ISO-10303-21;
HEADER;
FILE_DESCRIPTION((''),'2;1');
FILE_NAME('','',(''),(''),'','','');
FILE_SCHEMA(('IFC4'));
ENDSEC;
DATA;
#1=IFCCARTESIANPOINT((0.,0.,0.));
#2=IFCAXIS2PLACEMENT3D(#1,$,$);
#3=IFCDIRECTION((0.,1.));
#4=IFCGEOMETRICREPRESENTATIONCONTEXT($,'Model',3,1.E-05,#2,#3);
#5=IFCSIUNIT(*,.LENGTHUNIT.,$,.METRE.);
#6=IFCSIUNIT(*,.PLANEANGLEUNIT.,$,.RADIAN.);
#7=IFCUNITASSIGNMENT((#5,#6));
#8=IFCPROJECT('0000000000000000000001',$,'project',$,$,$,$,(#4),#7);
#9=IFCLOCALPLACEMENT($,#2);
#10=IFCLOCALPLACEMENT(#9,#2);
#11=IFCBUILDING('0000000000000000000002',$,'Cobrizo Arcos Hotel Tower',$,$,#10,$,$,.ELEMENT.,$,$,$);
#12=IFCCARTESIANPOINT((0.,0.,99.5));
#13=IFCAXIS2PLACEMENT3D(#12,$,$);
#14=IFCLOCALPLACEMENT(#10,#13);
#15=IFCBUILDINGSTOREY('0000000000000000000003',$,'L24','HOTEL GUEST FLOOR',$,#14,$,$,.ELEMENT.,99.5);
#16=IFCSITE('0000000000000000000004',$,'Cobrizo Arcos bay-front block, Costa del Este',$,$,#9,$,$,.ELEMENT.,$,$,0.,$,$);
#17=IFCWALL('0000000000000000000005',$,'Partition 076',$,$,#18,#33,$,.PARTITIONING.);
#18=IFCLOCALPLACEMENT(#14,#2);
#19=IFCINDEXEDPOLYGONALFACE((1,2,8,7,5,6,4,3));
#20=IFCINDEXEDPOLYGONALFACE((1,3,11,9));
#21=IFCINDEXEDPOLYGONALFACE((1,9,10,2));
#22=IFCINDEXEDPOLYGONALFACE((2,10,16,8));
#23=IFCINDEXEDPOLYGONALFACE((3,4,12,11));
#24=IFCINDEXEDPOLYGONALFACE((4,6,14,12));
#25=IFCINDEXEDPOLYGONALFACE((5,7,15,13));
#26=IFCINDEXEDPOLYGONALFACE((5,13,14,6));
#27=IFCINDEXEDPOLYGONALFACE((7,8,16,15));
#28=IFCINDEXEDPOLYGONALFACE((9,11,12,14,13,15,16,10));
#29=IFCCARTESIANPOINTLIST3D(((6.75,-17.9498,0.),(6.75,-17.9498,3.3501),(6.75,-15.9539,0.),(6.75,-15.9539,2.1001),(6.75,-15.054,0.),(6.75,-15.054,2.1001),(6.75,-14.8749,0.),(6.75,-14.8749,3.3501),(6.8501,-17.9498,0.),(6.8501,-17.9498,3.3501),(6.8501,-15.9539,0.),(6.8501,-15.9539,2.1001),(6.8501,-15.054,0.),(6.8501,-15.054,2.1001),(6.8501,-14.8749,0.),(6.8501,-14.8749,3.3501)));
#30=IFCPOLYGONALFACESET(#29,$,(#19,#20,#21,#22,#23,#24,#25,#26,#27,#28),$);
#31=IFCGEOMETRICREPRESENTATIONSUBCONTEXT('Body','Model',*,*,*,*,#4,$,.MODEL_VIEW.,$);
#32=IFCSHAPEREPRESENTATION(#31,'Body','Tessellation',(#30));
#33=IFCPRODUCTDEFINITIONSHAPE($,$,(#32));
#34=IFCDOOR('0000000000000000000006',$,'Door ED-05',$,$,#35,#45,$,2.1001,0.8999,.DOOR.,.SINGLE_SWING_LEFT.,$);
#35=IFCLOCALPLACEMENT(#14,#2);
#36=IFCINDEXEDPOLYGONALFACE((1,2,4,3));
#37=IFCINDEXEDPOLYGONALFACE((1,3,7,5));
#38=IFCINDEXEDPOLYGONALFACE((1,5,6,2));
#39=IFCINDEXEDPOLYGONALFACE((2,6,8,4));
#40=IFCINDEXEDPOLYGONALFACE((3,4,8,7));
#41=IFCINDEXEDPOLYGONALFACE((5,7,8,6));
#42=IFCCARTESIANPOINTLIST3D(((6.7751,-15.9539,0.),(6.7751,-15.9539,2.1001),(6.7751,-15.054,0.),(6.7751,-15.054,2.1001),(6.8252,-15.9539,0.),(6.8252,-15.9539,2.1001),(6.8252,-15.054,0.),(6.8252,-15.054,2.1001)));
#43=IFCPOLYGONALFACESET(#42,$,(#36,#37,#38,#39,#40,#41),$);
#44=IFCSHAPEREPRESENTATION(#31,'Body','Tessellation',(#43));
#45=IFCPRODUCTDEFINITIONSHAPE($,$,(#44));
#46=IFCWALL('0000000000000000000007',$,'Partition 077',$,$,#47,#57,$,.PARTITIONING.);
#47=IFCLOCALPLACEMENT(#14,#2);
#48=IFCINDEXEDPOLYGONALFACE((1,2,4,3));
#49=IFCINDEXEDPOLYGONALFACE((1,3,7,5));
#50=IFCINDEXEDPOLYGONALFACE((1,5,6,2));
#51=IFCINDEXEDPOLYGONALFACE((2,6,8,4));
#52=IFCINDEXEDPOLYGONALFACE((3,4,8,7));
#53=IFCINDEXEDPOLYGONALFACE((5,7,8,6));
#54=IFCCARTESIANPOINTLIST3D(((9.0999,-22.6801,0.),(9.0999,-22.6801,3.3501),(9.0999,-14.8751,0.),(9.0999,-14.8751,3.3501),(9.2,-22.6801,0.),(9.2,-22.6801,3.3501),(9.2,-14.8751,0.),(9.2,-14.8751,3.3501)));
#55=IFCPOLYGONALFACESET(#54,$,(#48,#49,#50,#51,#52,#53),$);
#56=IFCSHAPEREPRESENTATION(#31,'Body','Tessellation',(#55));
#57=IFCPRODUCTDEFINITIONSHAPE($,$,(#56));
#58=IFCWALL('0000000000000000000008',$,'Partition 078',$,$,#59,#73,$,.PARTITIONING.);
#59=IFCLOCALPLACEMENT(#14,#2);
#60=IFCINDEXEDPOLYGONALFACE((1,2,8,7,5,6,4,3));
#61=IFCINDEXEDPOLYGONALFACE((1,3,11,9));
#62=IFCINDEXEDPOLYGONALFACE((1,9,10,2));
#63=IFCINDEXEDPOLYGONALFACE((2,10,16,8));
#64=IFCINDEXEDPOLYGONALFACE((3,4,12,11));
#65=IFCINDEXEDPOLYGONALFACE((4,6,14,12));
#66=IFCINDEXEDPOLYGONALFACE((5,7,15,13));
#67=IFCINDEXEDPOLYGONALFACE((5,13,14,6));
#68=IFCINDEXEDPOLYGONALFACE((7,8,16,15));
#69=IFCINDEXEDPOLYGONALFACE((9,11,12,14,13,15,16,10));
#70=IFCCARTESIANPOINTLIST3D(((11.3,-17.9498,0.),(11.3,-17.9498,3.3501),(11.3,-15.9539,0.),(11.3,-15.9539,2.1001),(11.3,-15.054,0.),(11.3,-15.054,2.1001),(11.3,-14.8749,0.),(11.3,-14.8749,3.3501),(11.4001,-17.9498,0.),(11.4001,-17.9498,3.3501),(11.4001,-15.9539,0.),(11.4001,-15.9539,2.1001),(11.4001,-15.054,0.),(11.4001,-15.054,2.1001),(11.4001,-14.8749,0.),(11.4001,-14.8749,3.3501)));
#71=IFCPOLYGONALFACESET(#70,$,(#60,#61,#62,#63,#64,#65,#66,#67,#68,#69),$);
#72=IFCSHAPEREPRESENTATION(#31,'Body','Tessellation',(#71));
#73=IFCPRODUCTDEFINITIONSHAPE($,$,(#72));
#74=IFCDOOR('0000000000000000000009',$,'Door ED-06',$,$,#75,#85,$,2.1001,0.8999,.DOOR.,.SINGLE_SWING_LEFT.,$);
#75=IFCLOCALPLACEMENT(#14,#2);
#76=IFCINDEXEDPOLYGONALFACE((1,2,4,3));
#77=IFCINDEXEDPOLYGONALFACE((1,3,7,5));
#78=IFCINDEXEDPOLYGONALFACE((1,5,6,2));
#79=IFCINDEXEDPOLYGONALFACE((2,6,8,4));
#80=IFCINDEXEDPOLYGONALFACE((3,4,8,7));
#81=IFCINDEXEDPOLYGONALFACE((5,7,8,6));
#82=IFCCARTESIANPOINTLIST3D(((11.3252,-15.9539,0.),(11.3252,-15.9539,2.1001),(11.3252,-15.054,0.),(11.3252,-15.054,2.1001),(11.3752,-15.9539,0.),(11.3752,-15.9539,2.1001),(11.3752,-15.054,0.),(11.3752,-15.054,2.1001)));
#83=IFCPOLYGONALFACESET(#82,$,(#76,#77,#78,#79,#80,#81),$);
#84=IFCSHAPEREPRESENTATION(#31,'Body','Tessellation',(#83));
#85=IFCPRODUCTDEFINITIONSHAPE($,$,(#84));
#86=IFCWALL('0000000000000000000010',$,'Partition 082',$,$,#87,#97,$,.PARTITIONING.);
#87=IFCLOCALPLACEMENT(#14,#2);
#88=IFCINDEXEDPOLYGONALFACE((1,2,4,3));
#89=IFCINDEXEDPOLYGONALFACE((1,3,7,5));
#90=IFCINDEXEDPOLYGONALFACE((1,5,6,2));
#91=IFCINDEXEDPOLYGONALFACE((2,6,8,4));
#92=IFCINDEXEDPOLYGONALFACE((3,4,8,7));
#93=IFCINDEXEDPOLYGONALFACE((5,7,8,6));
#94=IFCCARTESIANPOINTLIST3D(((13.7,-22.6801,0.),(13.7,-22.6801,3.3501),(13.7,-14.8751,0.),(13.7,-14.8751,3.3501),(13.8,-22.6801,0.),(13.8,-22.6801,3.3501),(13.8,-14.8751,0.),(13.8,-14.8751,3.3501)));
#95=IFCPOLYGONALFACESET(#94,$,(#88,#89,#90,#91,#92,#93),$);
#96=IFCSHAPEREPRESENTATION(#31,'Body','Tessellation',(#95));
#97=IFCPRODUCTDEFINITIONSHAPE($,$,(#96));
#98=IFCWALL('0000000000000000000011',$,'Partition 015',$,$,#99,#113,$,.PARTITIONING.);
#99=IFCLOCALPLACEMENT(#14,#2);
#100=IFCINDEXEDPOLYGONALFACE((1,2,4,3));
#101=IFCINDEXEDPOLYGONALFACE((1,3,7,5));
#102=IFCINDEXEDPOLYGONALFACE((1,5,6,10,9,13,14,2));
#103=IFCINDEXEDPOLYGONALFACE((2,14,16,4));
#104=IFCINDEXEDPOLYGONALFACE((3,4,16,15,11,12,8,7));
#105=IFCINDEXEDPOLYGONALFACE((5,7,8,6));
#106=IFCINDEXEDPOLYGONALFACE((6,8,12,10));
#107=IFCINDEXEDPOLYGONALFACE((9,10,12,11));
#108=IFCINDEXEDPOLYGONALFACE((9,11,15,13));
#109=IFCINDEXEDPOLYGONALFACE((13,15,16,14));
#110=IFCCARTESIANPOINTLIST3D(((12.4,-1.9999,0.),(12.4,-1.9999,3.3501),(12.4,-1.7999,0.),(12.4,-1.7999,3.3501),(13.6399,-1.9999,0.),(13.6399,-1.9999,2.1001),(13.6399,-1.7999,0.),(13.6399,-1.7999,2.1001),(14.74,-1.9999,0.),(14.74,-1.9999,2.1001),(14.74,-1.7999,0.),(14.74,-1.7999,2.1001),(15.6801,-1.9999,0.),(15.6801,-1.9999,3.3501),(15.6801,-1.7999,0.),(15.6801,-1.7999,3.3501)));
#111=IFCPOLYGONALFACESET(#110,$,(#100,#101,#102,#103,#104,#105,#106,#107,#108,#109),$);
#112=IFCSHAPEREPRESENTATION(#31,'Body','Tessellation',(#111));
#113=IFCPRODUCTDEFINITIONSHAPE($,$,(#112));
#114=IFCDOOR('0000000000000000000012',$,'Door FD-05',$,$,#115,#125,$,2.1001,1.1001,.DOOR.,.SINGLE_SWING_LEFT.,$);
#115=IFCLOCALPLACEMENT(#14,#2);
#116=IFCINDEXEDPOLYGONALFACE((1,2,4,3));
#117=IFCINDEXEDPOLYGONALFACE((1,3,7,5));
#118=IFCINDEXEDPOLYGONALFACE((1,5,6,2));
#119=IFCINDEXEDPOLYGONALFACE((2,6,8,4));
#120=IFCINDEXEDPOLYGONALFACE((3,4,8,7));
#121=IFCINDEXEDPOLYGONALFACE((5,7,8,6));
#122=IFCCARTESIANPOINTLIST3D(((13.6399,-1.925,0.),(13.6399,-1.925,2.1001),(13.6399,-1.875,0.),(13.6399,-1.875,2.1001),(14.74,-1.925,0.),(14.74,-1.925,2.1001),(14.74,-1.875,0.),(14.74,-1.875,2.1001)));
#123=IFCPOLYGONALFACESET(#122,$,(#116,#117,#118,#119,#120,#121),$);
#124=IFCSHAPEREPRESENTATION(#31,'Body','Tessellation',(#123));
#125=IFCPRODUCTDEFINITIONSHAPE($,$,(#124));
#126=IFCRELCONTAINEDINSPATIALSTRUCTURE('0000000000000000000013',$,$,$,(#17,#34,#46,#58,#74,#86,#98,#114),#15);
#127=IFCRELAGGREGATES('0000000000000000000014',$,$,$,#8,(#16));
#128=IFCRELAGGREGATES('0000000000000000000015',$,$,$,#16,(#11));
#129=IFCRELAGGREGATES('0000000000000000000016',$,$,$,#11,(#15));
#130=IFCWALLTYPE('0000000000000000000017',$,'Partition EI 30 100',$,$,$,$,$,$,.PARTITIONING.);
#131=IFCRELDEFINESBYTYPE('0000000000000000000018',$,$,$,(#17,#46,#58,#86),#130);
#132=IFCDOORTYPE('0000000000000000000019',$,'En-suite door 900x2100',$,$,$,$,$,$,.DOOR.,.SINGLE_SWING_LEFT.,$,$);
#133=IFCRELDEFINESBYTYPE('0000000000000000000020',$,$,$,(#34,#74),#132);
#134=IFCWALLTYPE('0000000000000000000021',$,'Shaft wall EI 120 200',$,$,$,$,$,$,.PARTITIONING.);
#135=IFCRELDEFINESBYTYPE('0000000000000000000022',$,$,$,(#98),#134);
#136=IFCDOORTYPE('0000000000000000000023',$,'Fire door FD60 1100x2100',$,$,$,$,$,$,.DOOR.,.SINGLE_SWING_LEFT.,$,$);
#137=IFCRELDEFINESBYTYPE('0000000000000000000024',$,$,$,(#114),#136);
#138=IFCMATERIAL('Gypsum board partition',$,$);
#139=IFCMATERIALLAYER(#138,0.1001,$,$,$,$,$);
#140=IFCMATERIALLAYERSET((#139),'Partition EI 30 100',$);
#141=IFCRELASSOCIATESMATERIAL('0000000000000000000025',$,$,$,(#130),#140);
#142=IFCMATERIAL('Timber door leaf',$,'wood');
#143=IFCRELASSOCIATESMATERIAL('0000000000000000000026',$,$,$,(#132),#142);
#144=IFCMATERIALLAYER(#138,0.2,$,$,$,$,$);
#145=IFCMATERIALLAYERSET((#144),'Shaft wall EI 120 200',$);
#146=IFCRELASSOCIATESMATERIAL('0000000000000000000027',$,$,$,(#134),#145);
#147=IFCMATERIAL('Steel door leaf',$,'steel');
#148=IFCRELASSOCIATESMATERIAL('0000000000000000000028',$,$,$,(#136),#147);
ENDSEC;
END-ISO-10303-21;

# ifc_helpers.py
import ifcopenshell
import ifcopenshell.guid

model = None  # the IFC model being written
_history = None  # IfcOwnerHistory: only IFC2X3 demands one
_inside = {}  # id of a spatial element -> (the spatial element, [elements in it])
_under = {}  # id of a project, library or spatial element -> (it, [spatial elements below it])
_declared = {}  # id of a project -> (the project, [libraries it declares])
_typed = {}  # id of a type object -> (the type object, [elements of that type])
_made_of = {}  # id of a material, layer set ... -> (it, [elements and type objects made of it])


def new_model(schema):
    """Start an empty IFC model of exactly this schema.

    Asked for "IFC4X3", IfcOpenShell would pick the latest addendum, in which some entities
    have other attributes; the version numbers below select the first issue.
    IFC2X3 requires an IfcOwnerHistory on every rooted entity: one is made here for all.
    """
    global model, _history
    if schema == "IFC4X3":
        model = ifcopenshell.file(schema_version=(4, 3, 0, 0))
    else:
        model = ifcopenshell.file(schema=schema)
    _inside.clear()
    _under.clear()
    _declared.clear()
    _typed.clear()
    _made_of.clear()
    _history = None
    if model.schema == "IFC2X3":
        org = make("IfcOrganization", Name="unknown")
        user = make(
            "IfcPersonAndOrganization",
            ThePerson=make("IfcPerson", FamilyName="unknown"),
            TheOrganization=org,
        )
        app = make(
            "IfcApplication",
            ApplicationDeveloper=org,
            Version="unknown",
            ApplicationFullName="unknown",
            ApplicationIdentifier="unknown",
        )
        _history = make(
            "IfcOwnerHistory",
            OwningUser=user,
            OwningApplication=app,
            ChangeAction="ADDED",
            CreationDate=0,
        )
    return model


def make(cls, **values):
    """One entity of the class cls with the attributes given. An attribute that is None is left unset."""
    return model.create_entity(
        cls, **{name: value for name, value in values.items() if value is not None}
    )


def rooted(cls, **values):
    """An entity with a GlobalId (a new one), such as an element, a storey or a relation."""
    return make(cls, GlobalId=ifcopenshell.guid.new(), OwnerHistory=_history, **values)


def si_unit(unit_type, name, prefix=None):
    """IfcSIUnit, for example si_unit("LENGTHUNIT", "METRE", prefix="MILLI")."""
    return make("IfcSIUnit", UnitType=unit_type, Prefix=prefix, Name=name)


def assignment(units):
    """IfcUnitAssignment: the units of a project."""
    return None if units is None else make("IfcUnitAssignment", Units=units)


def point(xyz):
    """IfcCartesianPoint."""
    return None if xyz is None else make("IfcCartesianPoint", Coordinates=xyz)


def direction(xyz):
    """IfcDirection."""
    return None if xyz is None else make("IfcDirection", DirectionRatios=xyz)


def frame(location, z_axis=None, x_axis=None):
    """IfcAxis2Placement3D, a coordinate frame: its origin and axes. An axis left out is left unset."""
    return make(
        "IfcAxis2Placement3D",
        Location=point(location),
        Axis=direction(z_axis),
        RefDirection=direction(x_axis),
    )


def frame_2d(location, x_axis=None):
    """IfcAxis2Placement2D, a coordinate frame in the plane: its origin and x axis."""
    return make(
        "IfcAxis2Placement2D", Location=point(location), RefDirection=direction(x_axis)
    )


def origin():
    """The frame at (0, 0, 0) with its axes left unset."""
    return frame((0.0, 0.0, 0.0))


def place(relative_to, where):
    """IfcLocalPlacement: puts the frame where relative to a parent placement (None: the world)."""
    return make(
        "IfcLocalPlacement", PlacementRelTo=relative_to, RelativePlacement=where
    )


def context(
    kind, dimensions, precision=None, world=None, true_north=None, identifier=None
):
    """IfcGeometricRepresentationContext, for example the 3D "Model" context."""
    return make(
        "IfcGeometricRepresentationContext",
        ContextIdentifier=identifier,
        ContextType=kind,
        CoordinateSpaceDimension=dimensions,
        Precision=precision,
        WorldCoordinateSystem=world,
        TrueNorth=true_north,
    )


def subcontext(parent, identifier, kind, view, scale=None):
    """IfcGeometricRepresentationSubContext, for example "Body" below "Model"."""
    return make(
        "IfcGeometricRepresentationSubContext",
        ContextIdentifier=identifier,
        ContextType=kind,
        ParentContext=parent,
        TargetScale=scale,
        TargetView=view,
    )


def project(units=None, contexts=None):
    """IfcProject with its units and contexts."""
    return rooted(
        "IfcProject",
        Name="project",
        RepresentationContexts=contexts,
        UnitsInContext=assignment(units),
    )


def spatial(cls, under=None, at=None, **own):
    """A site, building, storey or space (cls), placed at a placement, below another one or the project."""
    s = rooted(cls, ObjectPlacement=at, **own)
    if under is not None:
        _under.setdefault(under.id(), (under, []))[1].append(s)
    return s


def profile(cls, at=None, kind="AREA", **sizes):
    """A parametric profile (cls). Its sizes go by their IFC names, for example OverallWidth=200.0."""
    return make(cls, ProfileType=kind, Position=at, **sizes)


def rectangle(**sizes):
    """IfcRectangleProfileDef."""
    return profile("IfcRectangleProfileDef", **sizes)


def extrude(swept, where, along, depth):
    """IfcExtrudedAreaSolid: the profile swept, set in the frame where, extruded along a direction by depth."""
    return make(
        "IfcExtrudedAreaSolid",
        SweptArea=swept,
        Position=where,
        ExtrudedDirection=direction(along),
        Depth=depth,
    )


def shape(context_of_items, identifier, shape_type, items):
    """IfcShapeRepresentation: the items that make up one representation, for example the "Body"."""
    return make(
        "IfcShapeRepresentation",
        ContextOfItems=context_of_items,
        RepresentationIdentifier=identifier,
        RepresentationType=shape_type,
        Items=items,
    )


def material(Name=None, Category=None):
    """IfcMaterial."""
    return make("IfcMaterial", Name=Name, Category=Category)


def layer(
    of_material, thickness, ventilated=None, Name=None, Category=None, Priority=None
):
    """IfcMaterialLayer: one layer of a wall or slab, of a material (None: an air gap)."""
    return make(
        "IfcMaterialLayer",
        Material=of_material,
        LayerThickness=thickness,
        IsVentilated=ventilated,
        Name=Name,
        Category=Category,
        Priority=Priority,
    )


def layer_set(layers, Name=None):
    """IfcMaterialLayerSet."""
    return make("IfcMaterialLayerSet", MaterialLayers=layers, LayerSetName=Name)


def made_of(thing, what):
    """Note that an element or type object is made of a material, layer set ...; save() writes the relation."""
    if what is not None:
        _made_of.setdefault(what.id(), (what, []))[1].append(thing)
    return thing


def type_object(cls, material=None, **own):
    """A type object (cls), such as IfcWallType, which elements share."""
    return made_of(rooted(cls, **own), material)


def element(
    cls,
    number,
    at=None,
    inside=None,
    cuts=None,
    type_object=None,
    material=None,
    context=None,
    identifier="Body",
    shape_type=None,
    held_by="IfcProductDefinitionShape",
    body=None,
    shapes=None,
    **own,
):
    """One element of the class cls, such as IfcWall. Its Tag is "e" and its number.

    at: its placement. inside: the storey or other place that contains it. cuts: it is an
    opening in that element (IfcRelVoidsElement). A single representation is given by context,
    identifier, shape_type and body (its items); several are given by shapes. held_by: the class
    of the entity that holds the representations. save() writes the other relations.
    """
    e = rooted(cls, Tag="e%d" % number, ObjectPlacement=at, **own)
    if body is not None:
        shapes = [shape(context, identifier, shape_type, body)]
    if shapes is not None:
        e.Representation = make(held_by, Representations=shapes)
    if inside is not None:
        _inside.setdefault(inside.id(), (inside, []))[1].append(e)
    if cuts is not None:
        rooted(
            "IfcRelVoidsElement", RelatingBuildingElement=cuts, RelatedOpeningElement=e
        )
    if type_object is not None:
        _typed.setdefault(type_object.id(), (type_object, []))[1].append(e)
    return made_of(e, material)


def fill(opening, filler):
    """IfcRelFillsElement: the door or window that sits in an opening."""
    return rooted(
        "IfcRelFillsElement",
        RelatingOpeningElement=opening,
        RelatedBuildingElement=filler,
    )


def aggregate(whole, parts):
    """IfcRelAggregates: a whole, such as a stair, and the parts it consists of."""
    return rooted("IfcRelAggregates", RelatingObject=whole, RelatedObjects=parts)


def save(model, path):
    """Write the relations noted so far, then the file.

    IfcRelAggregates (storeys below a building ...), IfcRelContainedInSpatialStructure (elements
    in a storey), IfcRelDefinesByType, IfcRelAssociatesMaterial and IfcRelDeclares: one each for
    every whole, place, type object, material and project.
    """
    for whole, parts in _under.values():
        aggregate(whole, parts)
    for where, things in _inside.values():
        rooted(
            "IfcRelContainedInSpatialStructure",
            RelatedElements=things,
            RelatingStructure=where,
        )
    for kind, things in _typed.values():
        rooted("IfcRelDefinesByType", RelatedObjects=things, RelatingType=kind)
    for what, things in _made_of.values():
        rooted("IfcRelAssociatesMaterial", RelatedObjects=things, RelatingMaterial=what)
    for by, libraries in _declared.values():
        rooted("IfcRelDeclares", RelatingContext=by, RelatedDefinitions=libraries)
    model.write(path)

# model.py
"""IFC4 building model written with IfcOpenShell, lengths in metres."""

from ifc_helpers import new_model, si_unit, direction, frame, frame_2d, origin, place, context, subcontext, project, spatial, rectangle, extrude, material, layer, layer_set, type_object, element, fill, save


model = new_model("IFC4")

# Units and contexts
model_context = context("Model", 3, precision=1e-05, world=origin(), true_north=direction((0.0, 1.0)))
body_context = subcontext(model_context, "Body", "Model", "MODEL_VIEW")
ifc_project = project(units=[si_unit("LENGTHUNIT", "METRE"), si_unit("PLANEANGLEUNIT", "RADIAN")], contexts=[model_context])

# Site, building, storey
site_placement = place(None, origin())
site = spatial("IfcSite", under=ifc_project, at=site_placement, Name="Cobrizo Arcos bay-front block, Costa del Este", CompositionType="ELEMENT", RefElevation=0.0)
building_placement = place(site_placement, origin())
building = spatial("IfcBuilding", under=site, at=building_placement, Name="Cobrizo Arcos Hotel Tower", CompositionType="ELEMENT")
storey_placement = place(building_placement, frame((0.0, 0.0, 99.5)))
storey = spatial("IfcBuildingStorey", under=building, at=storey_placement, Name="L24", Description="HOTEL GUEST FLOOR", CompositionType="ELEMENT", Elevation=99.5)

# Shared definitions
ifc_material_1 = material(Name="Gypsum board partition")
ifc_layer_1 = layer(ifc_material_1, 0.1001)
ifc_layer_set_1 = layer_set([ifc_layer_1], Name="Partition EI 30 100")
wall_type_1 = type_object("IfcWallType", Name="Partition EI 30 100", PredefinedType="PARTITIONING", material=ifc_layer_set_1)

# Shared definitions
ifc_material_2 = material(Name="Timber door leaf", Category="wood")

# Wall, opening, door
wall_1_placement = place(storey_placement, frame((6.8, -17.95, 0.0), z_axis=(0.0, 0.0, 1.0), x_axis=(0.0, 1.0, 0.0)))
wall_1 = element("IfcWall", 1, at=wall_1_placement, inside=storey, type_object=wall_type_1, Name="Partition 076", PredefinedType="PARTITIONING", context=body_context, shape_type="SweptSolid", body=[
    extrude(rectangle(XDim=3.075, YDim=0.1001, at=frame_2d((1.5376, 0.0))), origin(), (0.0, 0.0, 1.0), 3.3501),
])
opening_1_placement = place(wall_1_placement, frame((1.9961, 0.0, 0.0)))
opening_1 = element("IfcOpeningElement", 2, at=opening_1_placement, cuts=wall_1, PredefinedType="OPENING", context=body_context, shape_type="SweptSolid", body=[
    extrude(rectangle(XDim=0.8999, YDim=2.1001, at=frame_2d((0.45, 1.05))), frame((0.0, 0.062, 0.0), z_axis=(0.0, -1.0, 0.0), x_axis=(1.0, 0.0, 0.0)), (0.0, 0.0, 1.0), 0.124),
])
door_type_1 = type_object("IfcDoorType", Name="En-suite door 900x2100", OperationType="SINGLE_SWING_LEFT", PredefinedType="DOOR", material=ifc_material_2)
door_1_placement = place(opening_1_placement, origin())
door_1 = element("IfcDoor", 3, at=door_1_placement, inside=storey, type_object=door_type_1, Name="Door ED-05", OperationType="SINGLE_SWING_LEFT", OverallHeight=2.1001, OverallWidth=0.8999, PredefinedType="DOOR", context=body_context, shape_type="SweptSolid", body=[
    extrude(rectangle(XDim=0.8999, YDim=2.1001, at=frame_2d((0.45, 1.05))), frame((0.0, 0.0249, 0.0), z_axis=(0.0, -1.0, 0.0), x_axis=(1.0, 0.0, 0.0)), (0.0, 0.0, 1.0), 0.05),
])
fill(opening_1, door_1)

# Wall
wall_2_placement = place(storey_placement, frame((9.1499, -22.6799, 0.0), z_axis=(0.0, 0.0, 1.0), x_axis=(0.0, 1.0, 0.0)))
element("IfcWall", 4, at=wall_2_placement, inside=storey, type_object=wall_type_1, Name="Partition 077", PredefinedType="PARTITIONING", context=body_context, shape_type="SweptSolid", body=[
    extrude(rectangle(XDim=7.8049, YDim=0.1001, at=frame_2d((3.9023, 0.0))), origin(), (0.0, 0.0, 1.0), 3.3501),
])

# Wall, opening, door
wall_3_placement = place(storey_placement, frame((11.3501, -17.95, 0.0), z_axis=(0.0, 0.0, 1.0), x_axis=(0.0, 1.0, 0.0)))
wall_3 = element("IfcWall", 5, at=wall_3_placement, inside=storey, type_object=wall_type_1, Name="Partition 078", PredefinedType="PARTITIONING", context=body_context, shape_type="SweptSolid", body=[
    extrude(rectangle(XDim=3.075, YDim=0.1001, at=frame_2d((1.5376, 0.0))), origin(), (0.0, 0.0, 1.0), 3.3501),
])
opening_2_placement = place(wall_3_placement, frame((1.9961, 0.0, 0.0)))
opening_2 = element("IfcOpeningElement", 6, at=opening_2_placement, cuts=wall_3, PredefinedType="OPENING", context=body_context, shape_type="SweptSolid", body=[
    extrude(rectangle(XDim=0.8999, YDim=2.1001, at=frame_2d((0.45, 1.05))), frame((0.0, 0.062, 0.0), z_axis=(0.0, -1.0, 0.0), x_axis=(1.0, 0.0, 0.0)), (0.0, 0.0, 1.0), 0.124),
])
door_2_placement = place(opening_2_placement, origin())
door_2 = element("IfcDoor", 7, at=door_2_placement, inside=storey, type_object=door_type_1, Name="Door ED-06", OperationType="SINGLE_SWING_LEFT", OverallHeight=2.1001, OverallWidth=0.8999, PredefinedType="DOOR", context=body_context, shape_type="SweptSolid", body=[
    extrude(rectangle(XDim=0.8999, YDim=2.1001, at=frame_2d((0.45, 1.05))), frame((0.0, 0.0249, 0.0), z_axis=(0.0, -1.0, 0.0), x_axis=(1.0, 0.0, 0.0)), (0.0, 0.0, 1.0), 0.05),
])
fill(opening_2, door_2)

# Wall
wall_4_placement = place(storey_placement, frame((13.75, -22.6799, 0.0), z_axis=(0.0, 0.0, 1.0), x_axis=(0.0, 1.0, 0.0)))
element("IfcWall", 8, at=wall_4_placement, inside=storey, type_object=wall_type_1, Name="Partition 082", PredefinedType="PARTITIONING", context=body_context, shape_type="SweptSolid", body=[
    extrude(rectangle(XDim=7.8049, YDim=0.1001, at=frame_2d((3.9023, 0.0))), origin(), (0.0, 0.0, 1.0), 3.3501),
])

# Wall, opening, door
ifc_layer_2 = layer(ifc_material_1, 0.2)
ifc_layer_set_2 = layer_set([ifc_layer_2], Name="Shaft wall EI 120 200")
wall_type_2 = type_object("IfcWallType", Name="Shaft wall EI 120 200", PredefinedType="PARTITIONING", material=ifc_layer_set_2)
wall_5_placement = place(storey_placement, frame((12.3999, -1.8999, 0.0), z_axis=(0.0, 0.0, 1.0), x_axis=(1.0, 0.0, 0.0)))
wall_5 = element("IfcWall", 9, at=wall_5_placement, inside=storey, type_object=wall_type_2, Name="Partition 015", PredefinedType="PARTITIONING", context=body_context, shape_type="SweptSolid", body=[
    extrude(rectangle(XDim=3.28, YDim=0.2, at=frame_2d((1.6401, 0.0))), origin(), (0.0, 0.0, 1.0), 3.3501),
])
opening_3_placement = place(wall_5_placement, frame((1.24, 0.0, 0.0)))
opening_3 = element("IfcOpeningElement", 10, at=opening_3_placement, cuts=wall_5, PredefinedType="OPENING", context=body_context, shape_type="SweptSolid", body=[
    extrude(rectangle(XDim=1.1001, YDim=2.1001, at=frame_2d((0.55, 1.05))), frame((0.0, 0.1121, 0.0), z_axis=(0.0, -1.0, 0.0), x_axis=(1.0, 0.0, 0.0)), (0.0, 0.0, 1.0), 0.2239),
])
ifc_material_3 = material(Name="Steel door leaf", Category="steel")
door_type_2 = type_object("IfcDoorType", Name="Fire door FD60 1100x2100", OperationType="SINGLE_SWING_LEFT", PredefinedType="DOOR", material=ifc_material_3)
door_3_placement = place(opening_3_placement, origin())
door_3 = element("IfcDoor", 11, at=door_3_placement, inside=storey, type_object=door_type_2, Name="Door FD-05", OperationType="SINGLE_SWING_LEFT", OverallHeight=2.1001, OverallWidth=1.1001, PredefinedType="DOOR", context=body_context, shape_type="SweptSolid", body=[
    extrude(rectangle(XDim=1.1001, YDim=2.1001, at=frame_2d((0.55, 1.05))), frame((0.0, 0.0249, 0.0), z_axis=(0.0, -1.0, 0.0), x_axis=(1.0, 0.0, 0.0)), (0.0, 0.0, 1.0), 0.05),
])
fill(opening_3, door_3)

save(model, "model.ifc")
